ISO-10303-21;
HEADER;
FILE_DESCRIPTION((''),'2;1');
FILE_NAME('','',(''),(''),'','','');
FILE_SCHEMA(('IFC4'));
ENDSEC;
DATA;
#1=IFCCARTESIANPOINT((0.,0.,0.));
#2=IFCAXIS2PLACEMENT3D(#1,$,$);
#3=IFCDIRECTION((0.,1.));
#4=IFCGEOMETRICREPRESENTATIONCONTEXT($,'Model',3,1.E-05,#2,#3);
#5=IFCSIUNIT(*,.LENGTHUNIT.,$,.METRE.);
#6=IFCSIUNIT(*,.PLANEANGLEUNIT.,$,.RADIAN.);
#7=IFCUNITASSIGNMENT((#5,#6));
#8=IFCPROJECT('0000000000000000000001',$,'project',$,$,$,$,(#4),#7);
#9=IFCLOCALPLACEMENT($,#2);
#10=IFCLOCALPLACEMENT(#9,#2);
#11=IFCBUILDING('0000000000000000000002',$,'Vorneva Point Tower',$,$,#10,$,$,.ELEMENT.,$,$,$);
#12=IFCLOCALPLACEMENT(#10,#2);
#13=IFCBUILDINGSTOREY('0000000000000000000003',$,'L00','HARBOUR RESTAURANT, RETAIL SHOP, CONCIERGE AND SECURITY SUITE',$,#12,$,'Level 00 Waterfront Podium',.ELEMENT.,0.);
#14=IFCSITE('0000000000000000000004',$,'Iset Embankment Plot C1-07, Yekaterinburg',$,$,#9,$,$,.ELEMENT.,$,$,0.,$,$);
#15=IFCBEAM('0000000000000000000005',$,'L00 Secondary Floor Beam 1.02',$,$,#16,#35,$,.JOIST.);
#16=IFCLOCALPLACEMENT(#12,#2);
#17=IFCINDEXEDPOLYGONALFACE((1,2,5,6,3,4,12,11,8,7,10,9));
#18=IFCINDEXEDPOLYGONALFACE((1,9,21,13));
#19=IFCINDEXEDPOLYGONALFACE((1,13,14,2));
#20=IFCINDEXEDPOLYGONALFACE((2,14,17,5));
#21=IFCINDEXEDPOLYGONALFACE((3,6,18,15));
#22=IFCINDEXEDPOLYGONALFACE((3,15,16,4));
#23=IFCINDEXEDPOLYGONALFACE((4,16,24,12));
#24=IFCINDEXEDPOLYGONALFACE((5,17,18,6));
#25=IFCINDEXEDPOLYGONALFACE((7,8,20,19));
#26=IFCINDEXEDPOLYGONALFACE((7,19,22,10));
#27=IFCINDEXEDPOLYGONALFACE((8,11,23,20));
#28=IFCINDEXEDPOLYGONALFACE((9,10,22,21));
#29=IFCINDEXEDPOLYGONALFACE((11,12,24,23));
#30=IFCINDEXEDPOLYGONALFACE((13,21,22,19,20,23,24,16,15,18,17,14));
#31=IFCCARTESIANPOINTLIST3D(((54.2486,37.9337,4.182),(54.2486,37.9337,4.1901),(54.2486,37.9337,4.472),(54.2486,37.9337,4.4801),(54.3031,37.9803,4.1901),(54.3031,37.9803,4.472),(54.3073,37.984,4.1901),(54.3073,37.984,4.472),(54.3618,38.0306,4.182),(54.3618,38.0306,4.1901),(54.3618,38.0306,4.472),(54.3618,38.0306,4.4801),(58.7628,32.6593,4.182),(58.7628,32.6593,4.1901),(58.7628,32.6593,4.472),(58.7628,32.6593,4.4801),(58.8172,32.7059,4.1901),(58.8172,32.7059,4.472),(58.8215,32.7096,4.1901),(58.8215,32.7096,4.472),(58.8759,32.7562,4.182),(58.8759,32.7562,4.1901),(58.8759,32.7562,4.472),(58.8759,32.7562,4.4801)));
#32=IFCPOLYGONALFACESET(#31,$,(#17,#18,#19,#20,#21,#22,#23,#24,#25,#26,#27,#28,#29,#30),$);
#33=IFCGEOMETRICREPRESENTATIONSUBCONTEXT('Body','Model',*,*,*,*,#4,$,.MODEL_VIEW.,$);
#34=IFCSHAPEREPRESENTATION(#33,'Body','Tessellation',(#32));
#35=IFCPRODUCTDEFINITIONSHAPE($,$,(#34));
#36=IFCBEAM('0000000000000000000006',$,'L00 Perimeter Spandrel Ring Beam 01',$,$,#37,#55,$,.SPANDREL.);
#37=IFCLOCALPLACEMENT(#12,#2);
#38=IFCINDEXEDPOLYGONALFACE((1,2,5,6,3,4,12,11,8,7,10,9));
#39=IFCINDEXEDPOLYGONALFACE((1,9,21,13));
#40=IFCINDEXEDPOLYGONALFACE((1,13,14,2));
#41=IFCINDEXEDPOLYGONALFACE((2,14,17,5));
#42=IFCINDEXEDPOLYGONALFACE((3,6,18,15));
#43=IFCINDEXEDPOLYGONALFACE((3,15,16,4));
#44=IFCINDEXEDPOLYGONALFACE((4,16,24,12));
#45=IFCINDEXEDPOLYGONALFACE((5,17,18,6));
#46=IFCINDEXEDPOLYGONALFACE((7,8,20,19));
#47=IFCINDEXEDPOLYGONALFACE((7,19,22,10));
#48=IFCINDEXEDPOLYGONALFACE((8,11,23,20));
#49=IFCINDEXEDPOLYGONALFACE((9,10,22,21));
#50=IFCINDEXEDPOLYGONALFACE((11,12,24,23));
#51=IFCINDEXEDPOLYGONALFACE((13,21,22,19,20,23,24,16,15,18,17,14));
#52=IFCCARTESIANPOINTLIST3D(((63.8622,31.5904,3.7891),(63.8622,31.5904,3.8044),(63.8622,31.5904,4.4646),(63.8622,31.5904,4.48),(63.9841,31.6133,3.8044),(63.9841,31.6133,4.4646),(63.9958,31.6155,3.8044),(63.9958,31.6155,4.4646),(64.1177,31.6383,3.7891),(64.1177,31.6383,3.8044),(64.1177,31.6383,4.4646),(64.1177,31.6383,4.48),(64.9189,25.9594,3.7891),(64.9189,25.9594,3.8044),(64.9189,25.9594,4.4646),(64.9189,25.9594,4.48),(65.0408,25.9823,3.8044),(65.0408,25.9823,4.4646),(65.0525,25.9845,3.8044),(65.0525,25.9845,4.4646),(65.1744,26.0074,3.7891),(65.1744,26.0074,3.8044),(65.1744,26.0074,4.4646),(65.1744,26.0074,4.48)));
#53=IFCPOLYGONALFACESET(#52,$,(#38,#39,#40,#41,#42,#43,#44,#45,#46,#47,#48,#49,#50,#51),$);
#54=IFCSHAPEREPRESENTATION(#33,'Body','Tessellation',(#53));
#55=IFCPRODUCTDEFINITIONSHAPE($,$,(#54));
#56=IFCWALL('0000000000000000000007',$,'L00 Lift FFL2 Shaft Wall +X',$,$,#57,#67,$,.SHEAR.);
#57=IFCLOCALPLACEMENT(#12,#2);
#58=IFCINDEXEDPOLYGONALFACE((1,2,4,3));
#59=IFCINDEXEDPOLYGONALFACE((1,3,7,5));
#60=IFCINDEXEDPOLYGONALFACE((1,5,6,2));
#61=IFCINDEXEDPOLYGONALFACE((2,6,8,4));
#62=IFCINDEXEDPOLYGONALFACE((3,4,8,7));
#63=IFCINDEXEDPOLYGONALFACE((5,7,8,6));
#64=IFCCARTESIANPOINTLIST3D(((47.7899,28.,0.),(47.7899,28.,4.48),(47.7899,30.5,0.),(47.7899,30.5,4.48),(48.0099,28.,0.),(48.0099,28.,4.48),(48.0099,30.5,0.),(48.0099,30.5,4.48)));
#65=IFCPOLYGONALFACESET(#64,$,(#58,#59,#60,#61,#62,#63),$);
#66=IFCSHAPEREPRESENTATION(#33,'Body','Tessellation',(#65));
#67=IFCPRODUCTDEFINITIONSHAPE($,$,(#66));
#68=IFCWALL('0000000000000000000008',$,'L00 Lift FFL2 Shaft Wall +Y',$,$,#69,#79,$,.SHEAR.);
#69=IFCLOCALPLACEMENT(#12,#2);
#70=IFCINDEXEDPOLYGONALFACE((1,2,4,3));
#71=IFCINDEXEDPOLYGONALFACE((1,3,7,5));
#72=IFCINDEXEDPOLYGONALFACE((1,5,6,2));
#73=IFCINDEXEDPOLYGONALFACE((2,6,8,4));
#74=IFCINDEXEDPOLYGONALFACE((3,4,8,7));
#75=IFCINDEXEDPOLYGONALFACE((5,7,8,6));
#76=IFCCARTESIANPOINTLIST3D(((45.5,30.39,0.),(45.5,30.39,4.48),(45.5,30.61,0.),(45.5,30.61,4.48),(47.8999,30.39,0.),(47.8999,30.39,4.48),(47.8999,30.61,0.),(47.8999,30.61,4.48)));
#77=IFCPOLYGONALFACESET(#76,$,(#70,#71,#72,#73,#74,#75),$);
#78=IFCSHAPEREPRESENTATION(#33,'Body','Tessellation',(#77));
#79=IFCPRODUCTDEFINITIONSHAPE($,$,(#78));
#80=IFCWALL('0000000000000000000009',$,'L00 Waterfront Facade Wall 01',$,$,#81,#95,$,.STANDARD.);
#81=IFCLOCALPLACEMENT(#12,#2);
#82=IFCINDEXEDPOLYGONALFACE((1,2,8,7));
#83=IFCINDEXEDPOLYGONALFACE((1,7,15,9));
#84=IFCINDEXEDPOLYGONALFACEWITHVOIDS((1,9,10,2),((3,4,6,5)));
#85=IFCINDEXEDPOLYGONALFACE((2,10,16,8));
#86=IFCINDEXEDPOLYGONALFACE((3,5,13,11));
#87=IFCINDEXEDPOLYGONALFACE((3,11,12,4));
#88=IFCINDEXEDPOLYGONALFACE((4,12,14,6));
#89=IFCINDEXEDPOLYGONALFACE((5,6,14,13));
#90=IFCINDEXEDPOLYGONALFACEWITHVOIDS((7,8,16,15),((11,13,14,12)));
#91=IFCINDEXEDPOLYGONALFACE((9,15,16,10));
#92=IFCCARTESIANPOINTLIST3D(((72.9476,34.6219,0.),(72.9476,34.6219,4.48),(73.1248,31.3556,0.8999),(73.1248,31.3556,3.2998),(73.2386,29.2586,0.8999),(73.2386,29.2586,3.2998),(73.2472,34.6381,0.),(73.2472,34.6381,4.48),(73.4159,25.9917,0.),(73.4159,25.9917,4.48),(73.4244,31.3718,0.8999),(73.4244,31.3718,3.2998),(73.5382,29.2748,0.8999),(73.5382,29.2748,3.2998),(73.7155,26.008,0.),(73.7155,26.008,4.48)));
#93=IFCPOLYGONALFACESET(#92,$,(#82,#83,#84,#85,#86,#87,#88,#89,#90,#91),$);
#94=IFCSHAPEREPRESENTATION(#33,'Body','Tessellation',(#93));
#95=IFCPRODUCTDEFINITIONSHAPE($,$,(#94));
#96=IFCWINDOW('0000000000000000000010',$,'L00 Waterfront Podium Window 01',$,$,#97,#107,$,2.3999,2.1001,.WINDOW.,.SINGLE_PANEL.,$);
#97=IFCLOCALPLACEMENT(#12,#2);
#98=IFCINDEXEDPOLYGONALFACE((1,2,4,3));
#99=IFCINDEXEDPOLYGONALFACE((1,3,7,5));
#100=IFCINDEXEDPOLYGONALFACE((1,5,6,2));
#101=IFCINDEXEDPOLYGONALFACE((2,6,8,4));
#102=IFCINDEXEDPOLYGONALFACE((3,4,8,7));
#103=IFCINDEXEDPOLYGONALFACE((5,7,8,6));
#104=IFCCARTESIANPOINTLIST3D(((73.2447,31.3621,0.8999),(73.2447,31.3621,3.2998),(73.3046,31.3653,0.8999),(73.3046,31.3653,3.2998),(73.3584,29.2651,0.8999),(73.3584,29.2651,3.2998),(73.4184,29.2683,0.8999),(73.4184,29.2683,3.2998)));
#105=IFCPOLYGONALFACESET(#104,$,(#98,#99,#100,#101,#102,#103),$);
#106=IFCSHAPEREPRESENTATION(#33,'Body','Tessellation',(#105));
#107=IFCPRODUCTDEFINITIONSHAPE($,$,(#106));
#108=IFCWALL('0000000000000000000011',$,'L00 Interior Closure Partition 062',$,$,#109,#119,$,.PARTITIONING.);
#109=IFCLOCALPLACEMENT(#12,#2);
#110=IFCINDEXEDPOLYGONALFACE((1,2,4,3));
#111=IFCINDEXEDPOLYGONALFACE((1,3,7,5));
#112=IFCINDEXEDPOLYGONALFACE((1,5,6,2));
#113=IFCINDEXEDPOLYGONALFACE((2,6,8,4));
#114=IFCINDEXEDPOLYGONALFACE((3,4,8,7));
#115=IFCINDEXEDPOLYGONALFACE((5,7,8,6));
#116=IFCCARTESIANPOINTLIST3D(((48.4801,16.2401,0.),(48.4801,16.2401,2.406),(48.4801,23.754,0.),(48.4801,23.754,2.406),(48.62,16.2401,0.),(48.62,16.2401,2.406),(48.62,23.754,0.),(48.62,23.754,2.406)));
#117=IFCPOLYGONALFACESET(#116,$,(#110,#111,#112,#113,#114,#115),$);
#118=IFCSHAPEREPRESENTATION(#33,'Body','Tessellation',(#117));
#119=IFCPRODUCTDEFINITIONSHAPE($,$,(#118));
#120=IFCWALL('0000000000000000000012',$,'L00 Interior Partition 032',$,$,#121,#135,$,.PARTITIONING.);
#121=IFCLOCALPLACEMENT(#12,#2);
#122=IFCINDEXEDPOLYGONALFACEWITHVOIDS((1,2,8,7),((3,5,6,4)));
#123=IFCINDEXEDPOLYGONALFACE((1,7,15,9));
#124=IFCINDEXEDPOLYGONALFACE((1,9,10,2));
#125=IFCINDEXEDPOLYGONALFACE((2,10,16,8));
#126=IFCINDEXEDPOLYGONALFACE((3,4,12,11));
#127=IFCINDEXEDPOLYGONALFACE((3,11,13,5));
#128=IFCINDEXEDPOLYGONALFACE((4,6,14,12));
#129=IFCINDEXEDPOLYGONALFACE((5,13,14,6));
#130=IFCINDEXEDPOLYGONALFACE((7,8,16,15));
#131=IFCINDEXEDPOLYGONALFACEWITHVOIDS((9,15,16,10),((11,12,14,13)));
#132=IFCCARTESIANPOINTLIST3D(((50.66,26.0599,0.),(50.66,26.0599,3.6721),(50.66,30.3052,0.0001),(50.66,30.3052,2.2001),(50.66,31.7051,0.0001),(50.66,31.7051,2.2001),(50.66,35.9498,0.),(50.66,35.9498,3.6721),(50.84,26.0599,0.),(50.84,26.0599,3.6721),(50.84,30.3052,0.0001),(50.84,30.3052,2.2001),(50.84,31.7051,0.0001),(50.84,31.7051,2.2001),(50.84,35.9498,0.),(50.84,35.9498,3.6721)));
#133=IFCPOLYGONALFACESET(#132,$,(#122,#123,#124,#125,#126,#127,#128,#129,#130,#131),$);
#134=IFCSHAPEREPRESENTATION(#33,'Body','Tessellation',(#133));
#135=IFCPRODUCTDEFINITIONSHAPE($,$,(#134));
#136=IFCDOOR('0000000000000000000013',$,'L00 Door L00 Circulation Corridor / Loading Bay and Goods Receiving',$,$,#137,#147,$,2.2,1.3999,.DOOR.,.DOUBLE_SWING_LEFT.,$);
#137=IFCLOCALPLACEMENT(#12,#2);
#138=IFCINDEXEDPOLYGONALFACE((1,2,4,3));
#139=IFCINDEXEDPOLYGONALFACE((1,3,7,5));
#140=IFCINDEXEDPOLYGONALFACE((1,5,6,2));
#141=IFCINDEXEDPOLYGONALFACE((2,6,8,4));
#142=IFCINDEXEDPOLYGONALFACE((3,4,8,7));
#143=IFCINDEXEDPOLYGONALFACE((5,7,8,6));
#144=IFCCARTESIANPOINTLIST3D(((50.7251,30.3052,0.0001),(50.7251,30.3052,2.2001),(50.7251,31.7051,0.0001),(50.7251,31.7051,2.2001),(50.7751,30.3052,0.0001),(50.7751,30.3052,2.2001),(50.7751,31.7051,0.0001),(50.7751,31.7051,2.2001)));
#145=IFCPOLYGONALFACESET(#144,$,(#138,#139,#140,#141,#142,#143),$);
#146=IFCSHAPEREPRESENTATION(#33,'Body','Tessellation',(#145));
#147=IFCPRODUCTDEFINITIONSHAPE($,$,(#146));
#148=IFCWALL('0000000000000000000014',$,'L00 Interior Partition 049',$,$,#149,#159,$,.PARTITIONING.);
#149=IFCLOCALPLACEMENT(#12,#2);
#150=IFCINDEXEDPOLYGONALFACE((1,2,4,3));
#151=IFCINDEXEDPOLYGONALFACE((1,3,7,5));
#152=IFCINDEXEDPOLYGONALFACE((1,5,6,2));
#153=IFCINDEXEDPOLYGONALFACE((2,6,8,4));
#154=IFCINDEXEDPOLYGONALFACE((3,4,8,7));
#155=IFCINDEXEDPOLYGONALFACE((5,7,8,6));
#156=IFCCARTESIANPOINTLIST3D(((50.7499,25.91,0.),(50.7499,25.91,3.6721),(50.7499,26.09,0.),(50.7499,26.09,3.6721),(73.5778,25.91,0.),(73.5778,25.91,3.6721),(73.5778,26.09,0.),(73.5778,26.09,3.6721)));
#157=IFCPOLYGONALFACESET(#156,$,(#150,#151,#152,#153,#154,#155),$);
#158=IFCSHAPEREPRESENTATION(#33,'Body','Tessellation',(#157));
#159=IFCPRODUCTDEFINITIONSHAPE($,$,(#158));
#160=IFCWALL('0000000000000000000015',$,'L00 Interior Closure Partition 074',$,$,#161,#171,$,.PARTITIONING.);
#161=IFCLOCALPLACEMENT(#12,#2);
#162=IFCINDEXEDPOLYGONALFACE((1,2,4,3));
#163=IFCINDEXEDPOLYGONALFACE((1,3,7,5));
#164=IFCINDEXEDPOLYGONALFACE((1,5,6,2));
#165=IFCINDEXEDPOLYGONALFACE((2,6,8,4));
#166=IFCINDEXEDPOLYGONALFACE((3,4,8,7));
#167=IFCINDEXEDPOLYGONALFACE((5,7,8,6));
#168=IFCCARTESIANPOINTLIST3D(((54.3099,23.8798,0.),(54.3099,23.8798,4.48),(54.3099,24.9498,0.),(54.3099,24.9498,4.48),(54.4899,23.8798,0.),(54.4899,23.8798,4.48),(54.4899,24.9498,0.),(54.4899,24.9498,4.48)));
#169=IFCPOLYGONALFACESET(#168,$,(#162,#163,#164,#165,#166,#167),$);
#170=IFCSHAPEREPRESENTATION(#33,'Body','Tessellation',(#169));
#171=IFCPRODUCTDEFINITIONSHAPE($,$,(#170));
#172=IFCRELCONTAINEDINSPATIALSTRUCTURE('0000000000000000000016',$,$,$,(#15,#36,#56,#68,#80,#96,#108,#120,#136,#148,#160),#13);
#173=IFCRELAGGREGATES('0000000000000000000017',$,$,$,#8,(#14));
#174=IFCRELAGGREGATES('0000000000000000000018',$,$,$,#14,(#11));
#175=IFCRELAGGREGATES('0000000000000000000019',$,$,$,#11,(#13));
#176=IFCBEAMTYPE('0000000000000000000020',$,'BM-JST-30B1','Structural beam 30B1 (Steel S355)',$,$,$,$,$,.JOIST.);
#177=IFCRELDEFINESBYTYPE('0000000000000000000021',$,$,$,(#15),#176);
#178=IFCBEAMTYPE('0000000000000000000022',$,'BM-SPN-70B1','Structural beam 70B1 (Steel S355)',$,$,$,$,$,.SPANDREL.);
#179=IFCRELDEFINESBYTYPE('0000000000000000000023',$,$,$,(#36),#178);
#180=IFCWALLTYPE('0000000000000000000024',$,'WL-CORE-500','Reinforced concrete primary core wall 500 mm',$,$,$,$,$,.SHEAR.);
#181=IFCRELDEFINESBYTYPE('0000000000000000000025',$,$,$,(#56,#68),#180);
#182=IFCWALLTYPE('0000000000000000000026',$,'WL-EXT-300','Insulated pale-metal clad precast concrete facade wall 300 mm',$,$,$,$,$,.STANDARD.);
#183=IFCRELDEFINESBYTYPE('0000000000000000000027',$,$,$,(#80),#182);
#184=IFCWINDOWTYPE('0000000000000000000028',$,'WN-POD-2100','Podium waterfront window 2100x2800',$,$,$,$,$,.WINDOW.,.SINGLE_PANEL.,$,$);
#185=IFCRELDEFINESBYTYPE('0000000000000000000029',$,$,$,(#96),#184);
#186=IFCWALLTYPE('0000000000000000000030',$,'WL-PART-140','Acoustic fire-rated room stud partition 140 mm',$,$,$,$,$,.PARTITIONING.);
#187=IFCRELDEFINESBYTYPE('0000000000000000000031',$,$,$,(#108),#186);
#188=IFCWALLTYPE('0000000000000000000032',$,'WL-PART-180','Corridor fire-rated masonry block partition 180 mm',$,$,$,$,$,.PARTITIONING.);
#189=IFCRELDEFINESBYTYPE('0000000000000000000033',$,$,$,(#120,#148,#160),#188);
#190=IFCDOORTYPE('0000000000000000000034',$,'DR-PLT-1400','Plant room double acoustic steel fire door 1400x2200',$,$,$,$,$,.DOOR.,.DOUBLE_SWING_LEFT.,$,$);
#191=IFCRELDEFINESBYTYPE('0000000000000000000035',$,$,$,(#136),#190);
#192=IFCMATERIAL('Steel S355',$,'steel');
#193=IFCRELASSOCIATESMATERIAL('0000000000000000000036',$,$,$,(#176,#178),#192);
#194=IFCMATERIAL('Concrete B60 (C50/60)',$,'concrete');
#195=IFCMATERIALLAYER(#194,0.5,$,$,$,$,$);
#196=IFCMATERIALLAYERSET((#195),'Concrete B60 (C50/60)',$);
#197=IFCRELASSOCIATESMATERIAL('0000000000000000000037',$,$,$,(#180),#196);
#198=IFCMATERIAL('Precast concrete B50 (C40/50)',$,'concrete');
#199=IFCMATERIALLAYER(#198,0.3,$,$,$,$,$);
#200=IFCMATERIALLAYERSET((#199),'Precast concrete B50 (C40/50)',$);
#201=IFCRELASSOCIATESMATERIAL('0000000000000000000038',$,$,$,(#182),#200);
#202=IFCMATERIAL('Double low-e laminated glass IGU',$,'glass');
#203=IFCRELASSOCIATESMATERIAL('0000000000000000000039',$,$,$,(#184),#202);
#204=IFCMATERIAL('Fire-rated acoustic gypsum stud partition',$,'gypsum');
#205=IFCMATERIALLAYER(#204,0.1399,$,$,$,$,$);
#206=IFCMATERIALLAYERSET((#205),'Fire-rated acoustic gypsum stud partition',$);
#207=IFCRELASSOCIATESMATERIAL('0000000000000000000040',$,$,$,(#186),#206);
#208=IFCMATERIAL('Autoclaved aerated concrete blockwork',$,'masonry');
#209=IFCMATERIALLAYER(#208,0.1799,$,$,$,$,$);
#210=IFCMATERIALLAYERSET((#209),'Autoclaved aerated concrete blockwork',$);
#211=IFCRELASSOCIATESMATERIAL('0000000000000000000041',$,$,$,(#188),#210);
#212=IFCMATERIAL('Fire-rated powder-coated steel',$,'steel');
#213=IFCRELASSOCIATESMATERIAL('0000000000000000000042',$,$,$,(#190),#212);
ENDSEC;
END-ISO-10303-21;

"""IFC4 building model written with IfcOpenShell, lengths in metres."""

from ifc_helpers import new_model, si_unit, direction, frame, frame_2d, origin, origin_2d, place, context, subcontext, project, spatial, rectangle, i_section, extrude, material, layer, layer_set, material_profile, profile_set, type_object, element, fill, save


model = new_model("IFC4")

# Units and contexts
model_context = context("Model", 3, precision=1e-05, world=origin(), true_north=direction((0.0, 1.0)))
body_context = subcontext(model_context, "Body", "Model", "MODEL_VIEW")
ifc_project = project(units=[si_unit("LENGTHUNIT", "METRE"), si_unit("PLANEANGLEUNIT", "RADIAN")], contexts=[model_context])

# Site, building, storey
site_placement = place(None, origin())
site = spatial("IfcSite", under=ifc_project, at=site_placement, Name="Iset Embankment Plot C1-07, Yekaterinburg", CompositionType="ELEMENT", RefElevation=0.0)
building_placement = place(site_placement, origin())
building = spatial("IfcBuilding", under=site, at=building_placement, Name="Vorneva Point Tower", CompositionType="ELEMENT")
storey_placement = place(building_placement, origin())
storey = spatial("IfcBuildingStorey", under=building, at=storey_placement, Name="L00", Description="HARBOUR RESTAURANT, RETAIL SHOP, CONCIERGE AND SECURITY SUITE", LongName="Level 00 Waterfront Podium", CompositionType="ELEMENT", Elevation=0.0)

# Shared definitions
ifc_material_1 = material(Name="Concrete B60 (C50/60)", Category="concrete")

# Beams
ifc_material_2 = material(Name="Steel S355", Category="steel")
ifc_material_profile_1 = material_profile(ifc_material_2, i_section(OverallWidth=0.1489, OverallDepth=0.2981, WebThickness=0.0056, FlangeThickness=0.0081, at=origin_2d()), Name="30B1")
ifc_profile_set_1 = profile_set([ifc_material_profile_1], Name="Steel S355")
beam_type_1 = type_object("IfcBeamType", Name="BM-JST-30B1", Description="Structural beam 30B1 (Steel S355)", PredefinedType="JOIST", material=ifc_profile_set_1)
beam_1_placement = place(storey_placement, frame((58.8193, 32.7078, 4.3311), z_axis=(-0.650229, 0.759738, 0.0), x_axis=(-0.759738, -0.650229, 0.0)))
element("IfcBeam", 1, at=beam_1_placement, inside=storey, type_object=beam_type_1, Name="L00 Secondary Floor Beam 1.02", PredefinedType="JOIST", context=body_context, shape_type="SweptSolid", body=[
    extrude(i_section(OverallWidth=0.1489, OverallDepth=0.2981, WebThickness=0.0056, FlangeThickness=0.0081, at=origin_2d()), origin(), (0.0, 0.0, 1.0), 6.9424),
])
ifc_material_profile_2 = material_profile(ifc_material_2, i_section(OverallWidth=0.26, OverallDepth=0.6909, WebThickness=0.012, FlangeThickness=0.0154, at=origin_2d()), Name="70B1")
ifc_profile_set_2 = profile_set([ifc_material_profile_2], Name="Steel S355")
beam_type_2 = type_object("IfcBeamType", Name="BM-SPN-70B1", Description="Structural beam 70B1 (Steel S355)", PredefinedType="SPANDREL", material=ifc_profile_set_2)
beam_2_placement = place(storey_placement, frame((65.0466, 25.9834, 4.1345), z_axis=(-0.184433, 0.982845, 0.0), x_axis=(-0.982845, -0.184433, 0.0)))
element("IfcBeam", 2, at=beam_2_placement, inside=storey, type_object=beam_type_2, Name="L00 Perimeter Spandrel Ring Beam 01", PredefinedType="SPANDREL", context=body_context, shape_type="SweptSolid", body=[
    extrude(i_section(OverallWidth=0.26, OverallDepth=0.6909, WebThickness=0.012, FlangeThickness=0.0154, at=origin_2d()), origin(), (0.0, 0.0, 1.0), 5.7292),
])

# Walls
ifc_layer_1 = layer(ifc_material_1, 0.5)
ifc_layer_set_1 = layer_set([ifc_layer_1], Name="Concrete B60 (C50/60)")
wall_type_1 = type_object("IfcWallType", Name="WL-CORE-500", Description="Reinforced concrete primary core wall 500 mm", PredefinedType="SHEAR", material=ifc_layer_set_1)
wall_1_placement = place(storey_placement, frame((47.8999, 28.0, 0.0), z_axis=(0.0, 0.0, 1.0), x_axis=(0.0, 1.0, 0.0)))
element("IfcWall", 3, at=wall_1_placement, inside=storey, type_object=wall_type_1, Name="L00 Lift FFL2 Shaft Wall +X", PredefinedType="SHEAR", context=body_context, shape_type="SweptSolid", body=[
    extrude(rectangle(XDim=2.5, YDim=0.22, at=frame_2d((1.25, 0.0))), origin(), (0.0, 0.0, 1.0), 4.48),
])
wall_2_placement = place(storey_placement, frame((47.8999, 30.5, 0.0), z_axis=(0.0, 0.0, 1.0), x_axis=(-1.0, 0.0, 0.0)))
element("IfcWall", 4, at=wall_2_placement, inside=storey, type_object=wall_type_1, Name="L00 Lift FFL2 Shaft Wall +Y", PredefinedType="SHEAR", context=body_context, shape_type="SweptSolid", body=[
    extrude(rectangle(XDim=2.3999, YDim=0.22, at=frame_2d((1.2, 0.0))), origin(), (0.0, 0.0, 1.0), 4.48),
])

# Wall, opening, window
ifc_material_3 = material(Name="Precast concrete B50 (C40/50)", Category="concrete")
ifc_layer_2 = layer(ifc_material_3, 0.3)
ifc_layer_set_2 = layer_set([ifc_layer_2], Name="Precast concrete B50 (C40/50)")
wall_type_2 = type_object("IfcWallType", Name="WL-EXT-300", Description="Insulated pale-metal clad precast concrete facade wall 300 mm", PredefinedType="STANDARD", material=ifc_layer_set_2)
wall_3_placement = place(storey_placement, frame((73.5657, 26.0, 0.0), z_axis=(0.0, 0.0, 1.0), x_axis=(-0.054179, 0.998531, 0.0)))
wall_3 = element("IfcWall", 5, at=wall_3_placement, inside=storey, type_object=wall_type_2, Name="L00 Waterfront Facade Wall 01", PredefinedType="STANDARD", context=body_context, shape_type="SweptSolid", body=[
    extrude(rectangle(XDim=8.6428, YDim=0.3, at=frame_2d((4.3213, 0.0))), origin(), (0.0, 0.0, 1.0), 4.48),
])
opening_1_placement = place(wall_3_placement, frame((3.2715, 0.0, 0.8999)))
opening_1 = element("IfcOpeningElement", 6, at=opening_1_placement, cuts=wall_3, PredefinedType="OPENING", context=body_context, shape_type="SweptSolid", body=[
    extrude(rectangle(XDim=2.1001, YDim=2.3999, at=frame_2d((1.05, 1.2))), frame((0.0, 0.165, 0.0), z_axis=(0.0, -1.0, 0.0), x_axis=(1.0, 0.0, 0.0)), (0.0, 0.0, 1.0), 0.3298),
])
ifc_material_4 = material(Name="Double low-e laminated glass IGU", Category="glass")
window_type = type_object("IfcWindowType", Name="WN-POD-2100", Description="Podium waterfront window 2100x2800", PartitioningType="SINGLE_PANEL", PredefinedType="WINDOW", material=ifc_material_4)
window_placement = place(opening_1_placement, origin())
window = element("IfcWindow", 7, at=window_placement, inside=storey, type_object=window_type, Name="L00 Waterfront Podium Window 01", OverallHeight=2.3999, OverallWidth=2.1001, PartitioningType="SINGLE_PANEL", PredefinedType="WINDOW", context=body_context, shape_type="SweptSolid", body=[
    extrude(rectangle(XDim=2.1001, YDim=2.3999, at=frame_2d((1.05, 1.2))), frame((0.0, 0.03, 0.0), z_axis=(0.0, -1.0, 0.0), x_axis=(1.0, 0.0, 0.0)), (0.0, 0.0, 1.0), 0.0601),
])
fill(opening_1, window)

# Wall
ifc_material_5 = material(Name="Fire-rated acoustic gypsum stud partition", Category="gypsum")
ifc_layer_3 = layer(ifc_material_5, 0.1399)
ifc_layer_set_3 = layer_set([ifc_layer_3], Name="Fire-rated acoustic gypsum stud partition")
wall_type_3 = type_object("IfcWallType", Name="WL-PART-140", Description="Acoustic fire-rated room stud partition 140 mm", PredefinedType="PARTITIONING", material=ifc_layer_set_3)
wall_4_placement = place(storey_placement, frame((48.55, 23.7539, 0.0), z_axis=(0.0, 0.0, 1.0), x_axis=(0.0, -1.0, 0.0)))
element("IfcWall", 8, at=wall_4_placement, inside=storey, type_object=wall_type_3, Name="L00 Interior Closure Partition 062", PredefinedType="PARTITIONING", context=body_context, shape_type="SweptSolid", body=[
    extrude(rectangle(XDim=7.5139, YDim=0.1399, at=frame_2d((3.7568, 0.0))), origin(), (0.0, 0.0, 1.0), 2.406),
])

# Wall, opening, door
ifc_material_6 = material(Name="Autoclaved aerated concrete blockwork", Category="masonry")
ifc_layer_4 = layer(ifc_material_6, 0.1799)
ifc_layer_set_4 = layer_set([ifc_layer_4], Name="Autoclaved aerated concrete blockwork")
wall_type_4 = type_object("IfcWallType", Name="WL-PART-180", Description="Corridor fire-rated masonry block partition 180 mm", PredefinedType="PARTITIONING", material=ifc_layer_set_4)
ifc_material_7 = material(Name="Fire-rated powder-coated steel", Category="steel")
wall_5_placement = place(storey_placement, frame((50.75, 26.0601, 0.0), z_axis=(0.0, 0.0, 1.0), x_axis=(0.0, 1.0, 0.0)))
wall_5 = element("IfcWall", 9, at=wall_5_placement, inside=storey, type_object=wall_type_4, Name="L00 Interior Partition 032", PredefinedType="PARTITIONING", context=body_context, shape_type="SweptSolid", body=[
    extrude(rectangle(XDim=9.8899, YDim=0.1799, at=frame_2d((4.9448, 0.0))), origin(), (0.0, 0.0, 1.0), 3.6721),
])
opening_2_placement = place(wall_5_placement, frame((4.2451, 0.0, 0.0)))
opening_2 = element("IfcOpeningElement", 10, at=opening_2_placement, cuts=wall_5, PredefinedType="OPENING", context=body_context, shape_type="SweptSolid", body=[
    extrude(rectangle(XDim=1.3999, YDim=2.2, at=frame_2d((0.7, 1.1001))), frame((0.0, 0.105, 0.0), z_axis=(0.0, -1.0, 0.0), x_axis=(1.0, 0.0, 0.0)), (0.0, 0.0, 1.0), 0.2097),
])
door_type_1 = type_object("IfcDoorType", Name="DR-PLT-1400", Description="Plant room double acoustic steel fire door 1400x2200", OperationType="DOUBLE_SWING_LEFT", PredefinedType="DOOR", material=ifc_material_7)
door_1_placement = place(opening_2_placement, origin())
door_1 = element("IfcDoor", 11, at=door_1_placement, inside=storey, type_object=door_type_1, Name="L00 Door L00 Circulation Corridor / Loading Bay and Goods Receiving", OperationType="DOUBLE_SWING_LEFT", OverallHeight=2.2, OverallWidth=1.3999, PredefinedType="DOOR", context=body_context, shape_type="SweptSolid", body=[
    extrude(rectangle(XDim=1.3999, YDim=2.2, at=frame_2d((0.7, 1.1001))), frame((0.0, 0.0249, 0.0), z_axis=(0.0, -1.0, 0.0), x_axis=(1.0, 0.0, 0.0)), (0.0, 0.0, 1.0), 0.05),
])
fill(opening_2, door_1)

# Walls
wall_6_placement = place(storey_placement, frame((73.5779, 26.0, 0.0), z_axis=(0.0, 0.0, 1.0), x_axis=(-1.0, 0.0, 0.0)))
element("IfcWall", 12, at=wall_6_placement, inside=storey, type_object=wall_type_4, Name="L00 Interior Partition 049", PredefinedType="PARTITIONING", context=body_context, shape_type="SweptSolid", body=[
    extrude(rectangle(XDim=22.8279, YDim=0.1799, at=frame_2d((11.4141, 0.0))), origin(), (0.0, 0.0, 1.0), 3.6721),
])
wall_7_placement = place(storey_placement, frame((54.3999, 24.95, 0.0), z_axis=(0.0, 0.0, 1.0), x_axis=(0.0, -1.0, 0.0)))
element("IfcWall", 13, at=wall_7_placement, inside=storey, type_object=wall_type_4, Name="L00 Interior Closure Partition 074", PredefinedType="PARTITIONING", context=body_context, shape_type="SweptSolid", body=[
    extrude(rectangle(XDim=1.0701, YDim=0.1799, at=frame_2d((0.5352, 0.0))), origin(), (0.0, 0.0, 1.0), 4.48),
])

save(model, "model.ifc")
